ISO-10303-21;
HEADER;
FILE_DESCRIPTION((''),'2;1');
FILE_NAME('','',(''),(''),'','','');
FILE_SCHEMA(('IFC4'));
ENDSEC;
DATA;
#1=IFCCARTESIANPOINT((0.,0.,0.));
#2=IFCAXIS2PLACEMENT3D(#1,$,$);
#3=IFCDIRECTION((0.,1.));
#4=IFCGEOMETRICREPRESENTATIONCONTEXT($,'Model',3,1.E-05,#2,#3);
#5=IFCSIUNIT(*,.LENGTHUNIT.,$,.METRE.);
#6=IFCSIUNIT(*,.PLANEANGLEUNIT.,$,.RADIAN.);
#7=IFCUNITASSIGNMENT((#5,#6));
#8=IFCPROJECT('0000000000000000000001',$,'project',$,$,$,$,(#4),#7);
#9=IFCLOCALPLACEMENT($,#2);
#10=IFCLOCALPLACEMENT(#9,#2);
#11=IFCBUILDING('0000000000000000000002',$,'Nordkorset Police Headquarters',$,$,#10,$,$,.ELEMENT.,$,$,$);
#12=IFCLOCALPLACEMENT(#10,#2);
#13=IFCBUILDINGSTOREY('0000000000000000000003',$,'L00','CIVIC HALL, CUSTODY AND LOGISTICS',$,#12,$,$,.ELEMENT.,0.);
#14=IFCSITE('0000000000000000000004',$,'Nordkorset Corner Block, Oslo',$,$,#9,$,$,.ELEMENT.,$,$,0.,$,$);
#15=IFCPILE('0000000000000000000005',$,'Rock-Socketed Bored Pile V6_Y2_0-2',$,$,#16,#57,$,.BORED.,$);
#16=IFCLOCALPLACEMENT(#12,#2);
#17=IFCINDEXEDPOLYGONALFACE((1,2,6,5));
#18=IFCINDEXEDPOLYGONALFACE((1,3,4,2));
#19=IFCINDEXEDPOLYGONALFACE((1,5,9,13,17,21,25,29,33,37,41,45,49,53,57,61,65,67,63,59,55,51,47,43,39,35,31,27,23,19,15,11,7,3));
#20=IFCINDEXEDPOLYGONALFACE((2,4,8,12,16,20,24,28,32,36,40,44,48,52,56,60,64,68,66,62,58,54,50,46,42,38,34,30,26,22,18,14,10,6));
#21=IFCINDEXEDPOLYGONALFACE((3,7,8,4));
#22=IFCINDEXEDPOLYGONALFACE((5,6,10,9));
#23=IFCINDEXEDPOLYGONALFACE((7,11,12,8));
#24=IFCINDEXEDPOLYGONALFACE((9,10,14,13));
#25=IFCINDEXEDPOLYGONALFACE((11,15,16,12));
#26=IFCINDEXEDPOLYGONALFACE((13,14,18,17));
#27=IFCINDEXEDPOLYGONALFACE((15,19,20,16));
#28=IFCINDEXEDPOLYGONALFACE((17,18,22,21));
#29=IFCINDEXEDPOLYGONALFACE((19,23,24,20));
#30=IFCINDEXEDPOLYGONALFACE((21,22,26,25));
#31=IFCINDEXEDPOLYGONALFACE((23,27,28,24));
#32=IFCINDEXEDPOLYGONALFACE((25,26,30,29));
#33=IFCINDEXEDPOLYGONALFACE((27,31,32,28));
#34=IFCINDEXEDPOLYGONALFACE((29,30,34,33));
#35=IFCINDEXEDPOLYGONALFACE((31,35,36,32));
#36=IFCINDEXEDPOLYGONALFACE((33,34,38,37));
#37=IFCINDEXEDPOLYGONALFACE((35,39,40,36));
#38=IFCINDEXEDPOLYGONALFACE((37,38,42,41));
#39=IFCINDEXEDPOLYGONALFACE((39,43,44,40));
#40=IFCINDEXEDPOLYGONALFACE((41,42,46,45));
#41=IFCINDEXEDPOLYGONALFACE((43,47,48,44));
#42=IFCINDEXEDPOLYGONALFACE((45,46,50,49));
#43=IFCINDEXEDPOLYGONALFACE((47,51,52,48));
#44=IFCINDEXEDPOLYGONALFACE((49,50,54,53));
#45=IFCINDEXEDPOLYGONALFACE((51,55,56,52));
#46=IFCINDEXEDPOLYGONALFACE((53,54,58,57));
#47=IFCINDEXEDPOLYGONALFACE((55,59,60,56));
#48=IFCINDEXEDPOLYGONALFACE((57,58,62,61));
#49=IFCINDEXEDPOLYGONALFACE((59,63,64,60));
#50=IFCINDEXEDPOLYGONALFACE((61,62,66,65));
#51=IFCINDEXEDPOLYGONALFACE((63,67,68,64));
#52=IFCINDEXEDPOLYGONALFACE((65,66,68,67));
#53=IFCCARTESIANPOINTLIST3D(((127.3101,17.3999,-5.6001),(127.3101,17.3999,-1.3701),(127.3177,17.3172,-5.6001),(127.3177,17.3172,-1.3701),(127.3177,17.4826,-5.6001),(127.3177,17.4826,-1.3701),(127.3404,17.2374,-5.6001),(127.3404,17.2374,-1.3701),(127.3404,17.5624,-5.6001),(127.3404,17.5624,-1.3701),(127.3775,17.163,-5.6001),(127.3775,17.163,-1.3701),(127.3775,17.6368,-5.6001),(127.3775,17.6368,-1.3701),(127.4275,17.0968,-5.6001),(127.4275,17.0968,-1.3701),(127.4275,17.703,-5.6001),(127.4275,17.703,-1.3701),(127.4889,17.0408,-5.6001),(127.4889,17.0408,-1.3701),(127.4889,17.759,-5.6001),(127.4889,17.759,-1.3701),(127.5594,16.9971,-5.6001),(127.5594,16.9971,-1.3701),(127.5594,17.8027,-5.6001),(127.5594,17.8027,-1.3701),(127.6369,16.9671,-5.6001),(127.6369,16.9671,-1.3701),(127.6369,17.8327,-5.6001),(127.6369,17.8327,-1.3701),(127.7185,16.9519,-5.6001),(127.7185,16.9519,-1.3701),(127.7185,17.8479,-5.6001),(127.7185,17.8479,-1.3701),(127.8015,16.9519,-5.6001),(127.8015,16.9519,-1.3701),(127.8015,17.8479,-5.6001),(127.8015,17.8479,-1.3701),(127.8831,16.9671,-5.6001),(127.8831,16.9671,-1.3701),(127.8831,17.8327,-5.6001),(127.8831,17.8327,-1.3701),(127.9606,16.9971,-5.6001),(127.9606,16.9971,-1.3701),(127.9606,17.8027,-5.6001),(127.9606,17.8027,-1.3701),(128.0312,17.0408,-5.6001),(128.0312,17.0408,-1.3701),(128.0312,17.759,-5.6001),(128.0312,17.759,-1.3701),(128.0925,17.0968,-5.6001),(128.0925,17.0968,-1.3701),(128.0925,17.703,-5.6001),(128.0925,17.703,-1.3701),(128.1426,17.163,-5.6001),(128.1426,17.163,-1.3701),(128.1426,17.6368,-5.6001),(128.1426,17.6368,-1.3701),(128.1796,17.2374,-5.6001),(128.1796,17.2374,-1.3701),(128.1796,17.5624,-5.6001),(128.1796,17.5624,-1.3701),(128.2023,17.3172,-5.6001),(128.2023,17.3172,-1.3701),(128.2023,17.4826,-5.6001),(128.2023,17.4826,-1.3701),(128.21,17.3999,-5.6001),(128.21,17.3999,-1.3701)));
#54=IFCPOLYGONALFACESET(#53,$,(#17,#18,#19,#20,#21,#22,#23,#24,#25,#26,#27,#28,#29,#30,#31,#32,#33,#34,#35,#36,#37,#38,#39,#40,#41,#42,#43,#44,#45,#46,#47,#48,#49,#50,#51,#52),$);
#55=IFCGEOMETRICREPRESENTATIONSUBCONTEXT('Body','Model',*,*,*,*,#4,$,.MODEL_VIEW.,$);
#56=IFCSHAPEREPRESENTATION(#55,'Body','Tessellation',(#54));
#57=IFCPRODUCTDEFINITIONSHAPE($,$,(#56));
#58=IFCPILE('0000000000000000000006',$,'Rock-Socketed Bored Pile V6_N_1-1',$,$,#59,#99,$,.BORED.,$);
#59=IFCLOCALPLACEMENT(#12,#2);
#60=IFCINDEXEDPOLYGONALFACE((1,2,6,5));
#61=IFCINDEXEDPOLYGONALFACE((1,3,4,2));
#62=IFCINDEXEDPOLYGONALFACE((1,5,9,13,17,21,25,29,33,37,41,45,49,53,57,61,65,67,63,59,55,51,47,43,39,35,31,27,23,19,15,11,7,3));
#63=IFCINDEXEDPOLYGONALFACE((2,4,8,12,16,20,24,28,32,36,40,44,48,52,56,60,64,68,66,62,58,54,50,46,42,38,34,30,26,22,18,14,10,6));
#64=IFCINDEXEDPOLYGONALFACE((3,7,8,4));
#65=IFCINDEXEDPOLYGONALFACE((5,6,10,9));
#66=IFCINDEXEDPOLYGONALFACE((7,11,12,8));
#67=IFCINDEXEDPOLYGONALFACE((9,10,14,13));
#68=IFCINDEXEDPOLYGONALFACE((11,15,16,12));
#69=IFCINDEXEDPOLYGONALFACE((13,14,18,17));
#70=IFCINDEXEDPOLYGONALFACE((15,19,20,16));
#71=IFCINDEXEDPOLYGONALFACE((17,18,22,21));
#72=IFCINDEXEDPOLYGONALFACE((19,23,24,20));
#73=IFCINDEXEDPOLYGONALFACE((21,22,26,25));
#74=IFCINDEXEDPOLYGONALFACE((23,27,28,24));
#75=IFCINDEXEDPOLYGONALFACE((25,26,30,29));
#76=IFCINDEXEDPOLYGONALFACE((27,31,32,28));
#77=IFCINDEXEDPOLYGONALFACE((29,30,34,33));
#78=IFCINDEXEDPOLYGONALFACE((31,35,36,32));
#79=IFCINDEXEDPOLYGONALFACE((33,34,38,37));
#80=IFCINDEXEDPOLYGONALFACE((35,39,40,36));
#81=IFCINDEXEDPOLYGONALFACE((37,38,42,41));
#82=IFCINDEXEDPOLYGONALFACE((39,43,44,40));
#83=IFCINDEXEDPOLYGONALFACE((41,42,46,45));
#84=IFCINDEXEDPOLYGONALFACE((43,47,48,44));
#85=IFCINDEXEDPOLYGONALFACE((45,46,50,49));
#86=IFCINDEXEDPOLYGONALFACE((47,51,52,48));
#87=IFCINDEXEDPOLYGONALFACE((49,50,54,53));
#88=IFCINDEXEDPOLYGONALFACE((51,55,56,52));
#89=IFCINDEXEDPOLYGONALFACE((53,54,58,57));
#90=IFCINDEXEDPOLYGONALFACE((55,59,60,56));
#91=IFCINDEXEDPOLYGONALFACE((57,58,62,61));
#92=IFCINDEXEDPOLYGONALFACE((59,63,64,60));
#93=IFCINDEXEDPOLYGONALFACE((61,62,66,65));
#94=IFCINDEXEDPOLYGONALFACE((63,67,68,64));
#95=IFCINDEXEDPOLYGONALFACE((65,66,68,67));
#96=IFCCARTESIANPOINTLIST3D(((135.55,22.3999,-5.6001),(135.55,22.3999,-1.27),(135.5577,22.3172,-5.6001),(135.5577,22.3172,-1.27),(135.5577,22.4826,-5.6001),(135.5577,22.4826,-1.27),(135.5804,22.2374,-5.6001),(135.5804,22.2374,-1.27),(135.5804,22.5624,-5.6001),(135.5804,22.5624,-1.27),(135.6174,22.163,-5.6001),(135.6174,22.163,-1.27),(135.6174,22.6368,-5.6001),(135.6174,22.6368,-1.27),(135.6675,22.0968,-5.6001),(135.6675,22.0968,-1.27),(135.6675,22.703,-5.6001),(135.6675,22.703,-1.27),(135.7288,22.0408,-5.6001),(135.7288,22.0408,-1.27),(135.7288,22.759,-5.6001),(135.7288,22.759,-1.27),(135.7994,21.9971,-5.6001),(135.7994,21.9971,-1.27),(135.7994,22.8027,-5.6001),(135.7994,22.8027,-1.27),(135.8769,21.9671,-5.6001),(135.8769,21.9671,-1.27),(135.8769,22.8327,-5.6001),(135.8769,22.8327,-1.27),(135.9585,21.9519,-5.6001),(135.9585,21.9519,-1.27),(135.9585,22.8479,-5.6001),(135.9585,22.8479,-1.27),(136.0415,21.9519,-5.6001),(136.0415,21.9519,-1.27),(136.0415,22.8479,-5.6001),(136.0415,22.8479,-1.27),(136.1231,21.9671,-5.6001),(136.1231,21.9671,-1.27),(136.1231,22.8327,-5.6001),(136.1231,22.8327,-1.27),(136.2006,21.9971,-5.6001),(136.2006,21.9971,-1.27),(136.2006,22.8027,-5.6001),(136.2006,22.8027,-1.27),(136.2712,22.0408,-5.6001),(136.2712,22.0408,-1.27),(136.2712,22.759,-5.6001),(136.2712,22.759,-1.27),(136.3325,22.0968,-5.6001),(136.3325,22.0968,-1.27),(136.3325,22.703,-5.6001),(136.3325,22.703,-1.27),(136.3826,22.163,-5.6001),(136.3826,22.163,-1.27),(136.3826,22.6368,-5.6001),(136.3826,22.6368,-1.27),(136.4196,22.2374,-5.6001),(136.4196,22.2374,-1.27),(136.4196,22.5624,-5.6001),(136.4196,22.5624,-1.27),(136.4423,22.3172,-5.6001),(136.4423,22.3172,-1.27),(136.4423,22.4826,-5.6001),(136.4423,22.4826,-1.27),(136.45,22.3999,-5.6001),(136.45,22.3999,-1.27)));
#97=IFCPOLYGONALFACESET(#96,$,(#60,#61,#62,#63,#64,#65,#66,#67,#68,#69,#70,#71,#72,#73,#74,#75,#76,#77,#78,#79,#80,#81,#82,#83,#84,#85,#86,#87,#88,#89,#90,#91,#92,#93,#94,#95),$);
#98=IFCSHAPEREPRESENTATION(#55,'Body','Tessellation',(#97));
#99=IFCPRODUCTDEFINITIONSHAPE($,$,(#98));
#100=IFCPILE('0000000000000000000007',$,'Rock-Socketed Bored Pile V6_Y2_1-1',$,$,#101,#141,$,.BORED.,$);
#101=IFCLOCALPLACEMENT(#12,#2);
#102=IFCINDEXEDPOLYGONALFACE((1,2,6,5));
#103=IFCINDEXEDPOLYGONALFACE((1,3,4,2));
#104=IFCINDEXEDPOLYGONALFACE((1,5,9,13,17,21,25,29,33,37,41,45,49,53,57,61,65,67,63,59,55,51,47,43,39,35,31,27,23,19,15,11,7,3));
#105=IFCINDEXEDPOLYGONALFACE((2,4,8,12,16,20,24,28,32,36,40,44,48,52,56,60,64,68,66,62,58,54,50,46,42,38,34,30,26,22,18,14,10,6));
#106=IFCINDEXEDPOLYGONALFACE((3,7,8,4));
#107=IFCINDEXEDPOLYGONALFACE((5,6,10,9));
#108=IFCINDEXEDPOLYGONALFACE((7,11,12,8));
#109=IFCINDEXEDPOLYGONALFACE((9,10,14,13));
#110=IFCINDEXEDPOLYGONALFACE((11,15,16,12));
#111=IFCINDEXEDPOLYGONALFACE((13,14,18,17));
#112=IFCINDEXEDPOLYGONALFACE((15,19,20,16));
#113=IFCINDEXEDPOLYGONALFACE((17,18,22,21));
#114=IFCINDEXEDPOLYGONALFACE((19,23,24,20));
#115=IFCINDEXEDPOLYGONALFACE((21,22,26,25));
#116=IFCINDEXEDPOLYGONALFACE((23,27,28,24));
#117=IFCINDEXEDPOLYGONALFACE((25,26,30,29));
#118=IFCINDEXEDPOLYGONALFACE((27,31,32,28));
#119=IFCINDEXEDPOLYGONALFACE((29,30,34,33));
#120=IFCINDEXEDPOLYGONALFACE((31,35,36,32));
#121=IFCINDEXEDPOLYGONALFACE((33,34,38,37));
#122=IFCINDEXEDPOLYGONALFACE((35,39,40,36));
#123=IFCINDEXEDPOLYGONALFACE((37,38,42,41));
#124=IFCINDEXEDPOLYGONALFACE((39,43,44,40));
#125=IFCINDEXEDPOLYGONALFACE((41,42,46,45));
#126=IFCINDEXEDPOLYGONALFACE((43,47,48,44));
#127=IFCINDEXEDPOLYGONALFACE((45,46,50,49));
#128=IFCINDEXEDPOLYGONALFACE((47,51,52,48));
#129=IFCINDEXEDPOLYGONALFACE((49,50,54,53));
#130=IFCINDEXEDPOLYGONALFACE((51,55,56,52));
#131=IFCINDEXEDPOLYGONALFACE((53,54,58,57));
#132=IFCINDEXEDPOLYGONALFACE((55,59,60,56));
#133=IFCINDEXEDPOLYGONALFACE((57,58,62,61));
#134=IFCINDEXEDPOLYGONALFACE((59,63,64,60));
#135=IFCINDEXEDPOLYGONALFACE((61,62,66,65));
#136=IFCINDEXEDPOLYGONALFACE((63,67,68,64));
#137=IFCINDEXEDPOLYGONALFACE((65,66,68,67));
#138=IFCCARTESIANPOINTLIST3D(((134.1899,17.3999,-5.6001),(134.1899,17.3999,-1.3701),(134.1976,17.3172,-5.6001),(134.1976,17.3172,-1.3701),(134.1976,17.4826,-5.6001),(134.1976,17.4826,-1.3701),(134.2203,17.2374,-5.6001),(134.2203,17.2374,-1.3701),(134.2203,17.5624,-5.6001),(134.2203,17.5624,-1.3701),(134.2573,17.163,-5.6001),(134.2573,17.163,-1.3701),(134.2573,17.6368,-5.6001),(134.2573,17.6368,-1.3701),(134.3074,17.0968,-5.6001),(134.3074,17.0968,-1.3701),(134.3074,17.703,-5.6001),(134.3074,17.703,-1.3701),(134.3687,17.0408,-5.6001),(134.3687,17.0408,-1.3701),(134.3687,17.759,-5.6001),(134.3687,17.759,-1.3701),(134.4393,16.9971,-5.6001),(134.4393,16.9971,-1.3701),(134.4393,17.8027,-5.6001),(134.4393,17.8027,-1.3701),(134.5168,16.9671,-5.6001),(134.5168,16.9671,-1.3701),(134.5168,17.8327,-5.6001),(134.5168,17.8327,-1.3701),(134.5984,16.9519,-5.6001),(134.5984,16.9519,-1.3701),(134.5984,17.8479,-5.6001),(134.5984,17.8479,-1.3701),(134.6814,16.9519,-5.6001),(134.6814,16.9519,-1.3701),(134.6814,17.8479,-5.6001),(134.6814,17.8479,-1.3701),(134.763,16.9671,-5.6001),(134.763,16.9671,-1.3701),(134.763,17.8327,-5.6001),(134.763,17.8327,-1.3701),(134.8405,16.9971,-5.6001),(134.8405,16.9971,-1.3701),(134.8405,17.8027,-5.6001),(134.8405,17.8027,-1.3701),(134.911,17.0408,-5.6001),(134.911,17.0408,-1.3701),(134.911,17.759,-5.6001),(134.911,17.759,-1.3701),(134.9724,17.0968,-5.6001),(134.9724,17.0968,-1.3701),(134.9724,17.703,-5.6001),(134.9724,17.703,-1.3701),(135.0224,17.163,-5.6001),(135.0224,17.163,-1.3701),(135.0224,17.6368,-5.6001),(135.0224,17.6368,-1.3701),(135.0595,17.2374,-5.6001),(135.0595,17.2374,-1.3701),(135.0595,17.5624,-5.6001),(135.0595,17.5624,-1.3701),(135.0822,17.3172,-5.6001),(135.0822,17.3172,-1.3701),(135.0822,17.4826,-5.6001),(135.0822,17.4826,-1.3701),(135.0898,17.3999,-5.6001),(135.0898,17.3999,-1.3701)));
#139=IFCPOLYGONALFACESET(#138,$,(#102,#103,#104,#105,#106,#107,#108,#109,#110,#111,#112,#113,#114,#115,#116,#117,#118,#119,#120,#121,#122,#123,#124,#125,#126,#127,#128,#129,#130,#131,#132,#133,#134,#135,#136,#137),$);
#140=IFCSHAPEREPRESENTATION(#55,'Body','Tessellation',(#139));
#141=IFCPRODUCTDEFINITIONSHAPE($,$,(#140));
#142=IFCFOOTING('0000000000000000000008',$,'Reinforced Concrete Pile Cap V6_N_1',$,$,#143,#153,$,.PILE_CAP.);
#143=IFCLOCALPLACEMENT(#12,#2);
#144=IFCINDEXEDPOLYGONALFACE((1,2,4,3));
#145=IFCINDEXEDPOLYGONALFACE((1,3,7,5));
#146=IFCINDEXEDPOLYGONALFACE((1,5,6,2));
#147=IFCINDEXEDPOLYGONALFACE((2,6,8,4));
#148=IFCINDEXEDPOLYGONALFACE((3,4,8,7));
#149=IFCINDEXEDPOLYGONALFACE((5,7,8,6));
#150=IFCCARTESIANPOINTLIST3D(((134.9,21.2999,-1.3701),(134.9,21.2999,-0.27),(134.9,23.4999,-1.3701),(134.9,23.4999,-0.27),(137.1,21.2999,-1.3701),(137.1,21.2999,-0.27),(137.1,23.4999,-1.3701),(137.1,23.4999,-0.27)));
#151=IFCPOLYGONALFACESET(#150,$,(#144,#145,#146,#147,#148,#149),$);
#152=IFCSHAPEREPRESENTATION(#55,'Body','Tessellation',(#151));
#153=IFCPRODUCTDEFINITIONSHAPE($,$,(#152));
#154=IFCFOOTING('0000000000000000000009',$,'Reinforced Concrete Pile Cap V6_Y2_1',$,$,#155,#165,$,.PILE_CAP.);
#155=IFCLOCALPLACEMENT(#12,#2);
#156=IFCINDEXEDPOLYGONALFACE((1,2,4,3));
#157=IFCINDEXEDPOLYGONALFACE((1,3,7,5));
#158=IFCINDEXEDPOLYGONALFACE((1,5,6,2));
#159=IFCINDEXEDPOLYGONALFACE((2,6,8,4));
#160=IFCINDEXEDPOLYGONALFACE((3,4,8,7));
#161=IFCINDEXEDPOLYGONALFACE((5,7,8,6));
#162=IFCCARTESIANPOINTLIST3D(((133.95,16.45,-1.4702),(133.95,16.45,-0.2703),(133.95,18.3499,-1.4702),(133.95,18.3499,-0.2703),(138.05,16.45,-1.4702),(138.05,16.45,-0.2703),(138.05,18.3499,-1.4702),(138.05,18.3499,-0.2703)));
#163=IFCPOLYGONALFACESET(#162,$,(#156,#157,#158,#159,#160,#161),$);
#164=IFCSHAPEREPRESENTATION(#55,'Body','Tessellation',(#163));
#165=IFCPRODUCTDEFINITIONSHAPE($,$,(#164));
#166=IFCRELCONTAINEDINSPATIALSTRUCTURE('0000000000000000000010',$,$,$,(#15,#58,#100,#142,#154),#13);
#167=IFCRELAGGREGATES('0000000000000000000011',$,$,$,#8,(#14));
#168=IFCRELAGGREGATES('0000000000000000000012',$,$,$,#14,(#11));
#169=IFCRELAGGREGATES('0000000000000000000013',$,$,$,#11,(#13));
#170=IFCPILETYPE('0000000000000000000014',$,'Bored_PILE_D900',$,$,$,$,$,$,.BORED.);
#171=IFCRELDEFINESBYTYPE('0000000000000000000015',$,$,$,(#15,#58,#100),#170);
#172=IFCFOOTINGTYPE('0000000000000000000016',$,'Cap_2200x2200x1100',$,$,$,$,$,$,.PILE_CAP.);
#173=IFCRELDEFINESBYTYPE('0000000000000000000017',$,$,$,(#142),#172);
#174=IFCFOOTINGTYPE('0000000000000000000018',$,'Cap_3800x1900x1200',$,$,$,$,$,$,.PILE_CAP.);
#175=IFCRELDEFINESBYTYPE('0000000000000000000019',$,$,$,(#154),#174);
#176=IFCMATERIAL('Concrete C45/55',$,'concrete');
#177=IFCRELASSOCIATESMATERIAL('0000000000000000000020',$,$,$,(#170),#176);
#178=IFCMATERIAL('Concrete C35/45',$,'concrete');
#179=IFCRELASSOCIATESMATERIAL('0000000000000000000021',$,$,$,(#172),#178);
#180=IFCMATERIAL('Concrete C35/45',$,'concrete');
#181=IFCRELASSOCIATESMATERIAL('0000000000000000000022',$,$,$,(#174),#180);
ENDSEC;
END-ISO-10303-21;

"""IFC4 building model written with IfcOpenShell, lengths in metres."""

from ifc_helpers import new_model, si_unit, direction, frame, origin, origin_2d, place, context, subcontext, project, spatial, rectangle, circle, extrude, material, material_profile, profile_set, type_object, element, save


model = new_model("IFC4")

# Units and contexts
model_context = context("Model", 3, precision=1e-05, world=origin(), true_north=direction((0.0, 1.0)))
body_context = subcontext(model_context, "Body", "Model", "MODEL_VIEW")
ifc_project = project(units=[si_unit("LENGTHUNIT", "METRE"), si_unit("PLANEANGLEUNIT", "RADIAN")], contexts=[model_context])

# Site, building, storey
site_placement = place(None, origin())
site = spatial("IfcSite", under=ifc_project, at=site_placement, Name="Nordkorset Corner Block, Oslo", CompositionType="ELEMENT", RefElevation=0.0)
building_placement = place(site_placement, origin())
building = spatial("IfcBuilding", under=site, at=building_placement, Name="Nordkorset Police Headquarters", CompositionType="ELEMENT")
storey_placement = place(building_placement, origin())
storey = spatial("IfcBuildingStorey", under=building, at=storey_placement, Name="L00", Description="CIVIC HALL, CUSTODY AND LOGISTICS", CompositionType="ELEMENT", Elevation=0.0)

# Piles
ifc_material_1 = material(Name="Concrete C45/55", Category="concrete")
ifc_material_profile_1 = material_profile(ifc_material_1, circle(Radius=0.45, at=origin_2d()), Name="PILE D900")
ifc_profile_set_1 = profile_set([ifc_material_profile_1], Name="Concrete C45/55")
pile_type = type_object("IfcPileType", Name="Bored_PILE_D900", PredefinedType="BORED", material=ifc_profile_set_1)
pile_1_placement = place(storey_placement, frame((127.76, 17.3999, -1.3701), z_axis=(0.0, 0.0, -1.0), x_axis=(1.0, 0.0, 0.0)))
element("IfcPile", 1, at=pile_1_placement, inside=storey, type_object=pile_type, Name="Rock-Socketed Bored Pile V6_Y2_0-2", PredefinedType="BORED", context=body_context, shape_type="SweptSolid", body=[
    extrude(circle(Radius=0.45, at=origin_2d()), origin(), (0.0, 0.0, 1.0), 4.23),
])
pile_2_placement = place(storey_placement, frame((136.0, 22.3999, -1.27), z_axis=(0.0, 0.0, -1.0), x_axis=(1.0, 0.0, 0.0)))
element("IfcPile", 2, at=pile_2_placement, inside=storey, type_object=pile_type, Name="Rock-Socketed Bored Pile V6_N_1-1", PredefinedType="BORED", context=body_context, shape_type="SweptSolid", body=[
    extrude(circle(Radius=0.45, at=origin_2d()), origin(), (0.0, 0.0, 1.0), 4.3301),
])
pile_3_placement = place(storey_placement, frame((134.6399, 17.3999, -1.3701), z_axis=(0.0, 0.0, -1.0), x_axis=(1.0, 0.0, 0.0)))
element("IfcPile", 3, at=pile_3_placement, inside=storey, type_object=pile_type, Name="Rock-Socketed Bored Pile V6_Y2_1-1", PredefinedType="BORED", context=body_context, shape_type="SweptSolid", body=[
    extrude(circle(Radius=0.45, at=origin_2d()), origin(), (0.0, 0.0, 1.0), 4.23),
])

# Footings
ifc_material_2 = material(Name="Concrete C35/45", Category="concrete")
footing_type_1 = type_object("IfcFootingType", Name="Cap_2200x2200x1100", PredefinedType="PILE_CAP", material=ifc_material_2)
footing_1_placement = place(storey_placement, frame((136.0, 22.3999, -1.3701), z_axis=(0.0, 0.0, 1.0), x_axis=(1.0, 0.0, 0.0)))
element("IfcFooting", 4, at=footing_1_placement, inside=storey, type_object=footing_type_1, Name="Reinforced Concrete Pile Cap V6_N_1", PredefinedType="PILE_CAP", context=body_context, shape_type="SweptSolid", body=[
    extrude(rectangle(XDim=2.2, YDim=2.2, at=origin_2d()), origin(), (0.0, 0.0, 1.0), 1.1001),
])
ifc_material_3 = material(Name="Concrete C35/45", Category="concrete")
footing_type_2 = type_object("IfcFootingType", Name="Cap_3800x1900x1200", PredefinedType="PILE_CAP", material=ifc_material_3)
footing_2_placement = place(storey_placement, frame((136.0, 17.3999, -1.4702), z_axis=(0.0, 0.0, 1.0), x_axis=(1.0, 0.0, 0.0)))
element("IfcFooting", 5, at=footing_2_placement, inside=storey, type_object=footing_type_2, Name="Reinforced Concrete Pile Cap V6_Y2_1", PredefinedType="PILE_CAP", context=body_context, shape_type="SweptSolid", body=[
    extrude(rectangle(XDim=4.1001, YDim=1.8999, at=origin_2d()), origin(), (0.0, 0.0, 1.0), 1.2),
])

save(model, "model.ifc")
